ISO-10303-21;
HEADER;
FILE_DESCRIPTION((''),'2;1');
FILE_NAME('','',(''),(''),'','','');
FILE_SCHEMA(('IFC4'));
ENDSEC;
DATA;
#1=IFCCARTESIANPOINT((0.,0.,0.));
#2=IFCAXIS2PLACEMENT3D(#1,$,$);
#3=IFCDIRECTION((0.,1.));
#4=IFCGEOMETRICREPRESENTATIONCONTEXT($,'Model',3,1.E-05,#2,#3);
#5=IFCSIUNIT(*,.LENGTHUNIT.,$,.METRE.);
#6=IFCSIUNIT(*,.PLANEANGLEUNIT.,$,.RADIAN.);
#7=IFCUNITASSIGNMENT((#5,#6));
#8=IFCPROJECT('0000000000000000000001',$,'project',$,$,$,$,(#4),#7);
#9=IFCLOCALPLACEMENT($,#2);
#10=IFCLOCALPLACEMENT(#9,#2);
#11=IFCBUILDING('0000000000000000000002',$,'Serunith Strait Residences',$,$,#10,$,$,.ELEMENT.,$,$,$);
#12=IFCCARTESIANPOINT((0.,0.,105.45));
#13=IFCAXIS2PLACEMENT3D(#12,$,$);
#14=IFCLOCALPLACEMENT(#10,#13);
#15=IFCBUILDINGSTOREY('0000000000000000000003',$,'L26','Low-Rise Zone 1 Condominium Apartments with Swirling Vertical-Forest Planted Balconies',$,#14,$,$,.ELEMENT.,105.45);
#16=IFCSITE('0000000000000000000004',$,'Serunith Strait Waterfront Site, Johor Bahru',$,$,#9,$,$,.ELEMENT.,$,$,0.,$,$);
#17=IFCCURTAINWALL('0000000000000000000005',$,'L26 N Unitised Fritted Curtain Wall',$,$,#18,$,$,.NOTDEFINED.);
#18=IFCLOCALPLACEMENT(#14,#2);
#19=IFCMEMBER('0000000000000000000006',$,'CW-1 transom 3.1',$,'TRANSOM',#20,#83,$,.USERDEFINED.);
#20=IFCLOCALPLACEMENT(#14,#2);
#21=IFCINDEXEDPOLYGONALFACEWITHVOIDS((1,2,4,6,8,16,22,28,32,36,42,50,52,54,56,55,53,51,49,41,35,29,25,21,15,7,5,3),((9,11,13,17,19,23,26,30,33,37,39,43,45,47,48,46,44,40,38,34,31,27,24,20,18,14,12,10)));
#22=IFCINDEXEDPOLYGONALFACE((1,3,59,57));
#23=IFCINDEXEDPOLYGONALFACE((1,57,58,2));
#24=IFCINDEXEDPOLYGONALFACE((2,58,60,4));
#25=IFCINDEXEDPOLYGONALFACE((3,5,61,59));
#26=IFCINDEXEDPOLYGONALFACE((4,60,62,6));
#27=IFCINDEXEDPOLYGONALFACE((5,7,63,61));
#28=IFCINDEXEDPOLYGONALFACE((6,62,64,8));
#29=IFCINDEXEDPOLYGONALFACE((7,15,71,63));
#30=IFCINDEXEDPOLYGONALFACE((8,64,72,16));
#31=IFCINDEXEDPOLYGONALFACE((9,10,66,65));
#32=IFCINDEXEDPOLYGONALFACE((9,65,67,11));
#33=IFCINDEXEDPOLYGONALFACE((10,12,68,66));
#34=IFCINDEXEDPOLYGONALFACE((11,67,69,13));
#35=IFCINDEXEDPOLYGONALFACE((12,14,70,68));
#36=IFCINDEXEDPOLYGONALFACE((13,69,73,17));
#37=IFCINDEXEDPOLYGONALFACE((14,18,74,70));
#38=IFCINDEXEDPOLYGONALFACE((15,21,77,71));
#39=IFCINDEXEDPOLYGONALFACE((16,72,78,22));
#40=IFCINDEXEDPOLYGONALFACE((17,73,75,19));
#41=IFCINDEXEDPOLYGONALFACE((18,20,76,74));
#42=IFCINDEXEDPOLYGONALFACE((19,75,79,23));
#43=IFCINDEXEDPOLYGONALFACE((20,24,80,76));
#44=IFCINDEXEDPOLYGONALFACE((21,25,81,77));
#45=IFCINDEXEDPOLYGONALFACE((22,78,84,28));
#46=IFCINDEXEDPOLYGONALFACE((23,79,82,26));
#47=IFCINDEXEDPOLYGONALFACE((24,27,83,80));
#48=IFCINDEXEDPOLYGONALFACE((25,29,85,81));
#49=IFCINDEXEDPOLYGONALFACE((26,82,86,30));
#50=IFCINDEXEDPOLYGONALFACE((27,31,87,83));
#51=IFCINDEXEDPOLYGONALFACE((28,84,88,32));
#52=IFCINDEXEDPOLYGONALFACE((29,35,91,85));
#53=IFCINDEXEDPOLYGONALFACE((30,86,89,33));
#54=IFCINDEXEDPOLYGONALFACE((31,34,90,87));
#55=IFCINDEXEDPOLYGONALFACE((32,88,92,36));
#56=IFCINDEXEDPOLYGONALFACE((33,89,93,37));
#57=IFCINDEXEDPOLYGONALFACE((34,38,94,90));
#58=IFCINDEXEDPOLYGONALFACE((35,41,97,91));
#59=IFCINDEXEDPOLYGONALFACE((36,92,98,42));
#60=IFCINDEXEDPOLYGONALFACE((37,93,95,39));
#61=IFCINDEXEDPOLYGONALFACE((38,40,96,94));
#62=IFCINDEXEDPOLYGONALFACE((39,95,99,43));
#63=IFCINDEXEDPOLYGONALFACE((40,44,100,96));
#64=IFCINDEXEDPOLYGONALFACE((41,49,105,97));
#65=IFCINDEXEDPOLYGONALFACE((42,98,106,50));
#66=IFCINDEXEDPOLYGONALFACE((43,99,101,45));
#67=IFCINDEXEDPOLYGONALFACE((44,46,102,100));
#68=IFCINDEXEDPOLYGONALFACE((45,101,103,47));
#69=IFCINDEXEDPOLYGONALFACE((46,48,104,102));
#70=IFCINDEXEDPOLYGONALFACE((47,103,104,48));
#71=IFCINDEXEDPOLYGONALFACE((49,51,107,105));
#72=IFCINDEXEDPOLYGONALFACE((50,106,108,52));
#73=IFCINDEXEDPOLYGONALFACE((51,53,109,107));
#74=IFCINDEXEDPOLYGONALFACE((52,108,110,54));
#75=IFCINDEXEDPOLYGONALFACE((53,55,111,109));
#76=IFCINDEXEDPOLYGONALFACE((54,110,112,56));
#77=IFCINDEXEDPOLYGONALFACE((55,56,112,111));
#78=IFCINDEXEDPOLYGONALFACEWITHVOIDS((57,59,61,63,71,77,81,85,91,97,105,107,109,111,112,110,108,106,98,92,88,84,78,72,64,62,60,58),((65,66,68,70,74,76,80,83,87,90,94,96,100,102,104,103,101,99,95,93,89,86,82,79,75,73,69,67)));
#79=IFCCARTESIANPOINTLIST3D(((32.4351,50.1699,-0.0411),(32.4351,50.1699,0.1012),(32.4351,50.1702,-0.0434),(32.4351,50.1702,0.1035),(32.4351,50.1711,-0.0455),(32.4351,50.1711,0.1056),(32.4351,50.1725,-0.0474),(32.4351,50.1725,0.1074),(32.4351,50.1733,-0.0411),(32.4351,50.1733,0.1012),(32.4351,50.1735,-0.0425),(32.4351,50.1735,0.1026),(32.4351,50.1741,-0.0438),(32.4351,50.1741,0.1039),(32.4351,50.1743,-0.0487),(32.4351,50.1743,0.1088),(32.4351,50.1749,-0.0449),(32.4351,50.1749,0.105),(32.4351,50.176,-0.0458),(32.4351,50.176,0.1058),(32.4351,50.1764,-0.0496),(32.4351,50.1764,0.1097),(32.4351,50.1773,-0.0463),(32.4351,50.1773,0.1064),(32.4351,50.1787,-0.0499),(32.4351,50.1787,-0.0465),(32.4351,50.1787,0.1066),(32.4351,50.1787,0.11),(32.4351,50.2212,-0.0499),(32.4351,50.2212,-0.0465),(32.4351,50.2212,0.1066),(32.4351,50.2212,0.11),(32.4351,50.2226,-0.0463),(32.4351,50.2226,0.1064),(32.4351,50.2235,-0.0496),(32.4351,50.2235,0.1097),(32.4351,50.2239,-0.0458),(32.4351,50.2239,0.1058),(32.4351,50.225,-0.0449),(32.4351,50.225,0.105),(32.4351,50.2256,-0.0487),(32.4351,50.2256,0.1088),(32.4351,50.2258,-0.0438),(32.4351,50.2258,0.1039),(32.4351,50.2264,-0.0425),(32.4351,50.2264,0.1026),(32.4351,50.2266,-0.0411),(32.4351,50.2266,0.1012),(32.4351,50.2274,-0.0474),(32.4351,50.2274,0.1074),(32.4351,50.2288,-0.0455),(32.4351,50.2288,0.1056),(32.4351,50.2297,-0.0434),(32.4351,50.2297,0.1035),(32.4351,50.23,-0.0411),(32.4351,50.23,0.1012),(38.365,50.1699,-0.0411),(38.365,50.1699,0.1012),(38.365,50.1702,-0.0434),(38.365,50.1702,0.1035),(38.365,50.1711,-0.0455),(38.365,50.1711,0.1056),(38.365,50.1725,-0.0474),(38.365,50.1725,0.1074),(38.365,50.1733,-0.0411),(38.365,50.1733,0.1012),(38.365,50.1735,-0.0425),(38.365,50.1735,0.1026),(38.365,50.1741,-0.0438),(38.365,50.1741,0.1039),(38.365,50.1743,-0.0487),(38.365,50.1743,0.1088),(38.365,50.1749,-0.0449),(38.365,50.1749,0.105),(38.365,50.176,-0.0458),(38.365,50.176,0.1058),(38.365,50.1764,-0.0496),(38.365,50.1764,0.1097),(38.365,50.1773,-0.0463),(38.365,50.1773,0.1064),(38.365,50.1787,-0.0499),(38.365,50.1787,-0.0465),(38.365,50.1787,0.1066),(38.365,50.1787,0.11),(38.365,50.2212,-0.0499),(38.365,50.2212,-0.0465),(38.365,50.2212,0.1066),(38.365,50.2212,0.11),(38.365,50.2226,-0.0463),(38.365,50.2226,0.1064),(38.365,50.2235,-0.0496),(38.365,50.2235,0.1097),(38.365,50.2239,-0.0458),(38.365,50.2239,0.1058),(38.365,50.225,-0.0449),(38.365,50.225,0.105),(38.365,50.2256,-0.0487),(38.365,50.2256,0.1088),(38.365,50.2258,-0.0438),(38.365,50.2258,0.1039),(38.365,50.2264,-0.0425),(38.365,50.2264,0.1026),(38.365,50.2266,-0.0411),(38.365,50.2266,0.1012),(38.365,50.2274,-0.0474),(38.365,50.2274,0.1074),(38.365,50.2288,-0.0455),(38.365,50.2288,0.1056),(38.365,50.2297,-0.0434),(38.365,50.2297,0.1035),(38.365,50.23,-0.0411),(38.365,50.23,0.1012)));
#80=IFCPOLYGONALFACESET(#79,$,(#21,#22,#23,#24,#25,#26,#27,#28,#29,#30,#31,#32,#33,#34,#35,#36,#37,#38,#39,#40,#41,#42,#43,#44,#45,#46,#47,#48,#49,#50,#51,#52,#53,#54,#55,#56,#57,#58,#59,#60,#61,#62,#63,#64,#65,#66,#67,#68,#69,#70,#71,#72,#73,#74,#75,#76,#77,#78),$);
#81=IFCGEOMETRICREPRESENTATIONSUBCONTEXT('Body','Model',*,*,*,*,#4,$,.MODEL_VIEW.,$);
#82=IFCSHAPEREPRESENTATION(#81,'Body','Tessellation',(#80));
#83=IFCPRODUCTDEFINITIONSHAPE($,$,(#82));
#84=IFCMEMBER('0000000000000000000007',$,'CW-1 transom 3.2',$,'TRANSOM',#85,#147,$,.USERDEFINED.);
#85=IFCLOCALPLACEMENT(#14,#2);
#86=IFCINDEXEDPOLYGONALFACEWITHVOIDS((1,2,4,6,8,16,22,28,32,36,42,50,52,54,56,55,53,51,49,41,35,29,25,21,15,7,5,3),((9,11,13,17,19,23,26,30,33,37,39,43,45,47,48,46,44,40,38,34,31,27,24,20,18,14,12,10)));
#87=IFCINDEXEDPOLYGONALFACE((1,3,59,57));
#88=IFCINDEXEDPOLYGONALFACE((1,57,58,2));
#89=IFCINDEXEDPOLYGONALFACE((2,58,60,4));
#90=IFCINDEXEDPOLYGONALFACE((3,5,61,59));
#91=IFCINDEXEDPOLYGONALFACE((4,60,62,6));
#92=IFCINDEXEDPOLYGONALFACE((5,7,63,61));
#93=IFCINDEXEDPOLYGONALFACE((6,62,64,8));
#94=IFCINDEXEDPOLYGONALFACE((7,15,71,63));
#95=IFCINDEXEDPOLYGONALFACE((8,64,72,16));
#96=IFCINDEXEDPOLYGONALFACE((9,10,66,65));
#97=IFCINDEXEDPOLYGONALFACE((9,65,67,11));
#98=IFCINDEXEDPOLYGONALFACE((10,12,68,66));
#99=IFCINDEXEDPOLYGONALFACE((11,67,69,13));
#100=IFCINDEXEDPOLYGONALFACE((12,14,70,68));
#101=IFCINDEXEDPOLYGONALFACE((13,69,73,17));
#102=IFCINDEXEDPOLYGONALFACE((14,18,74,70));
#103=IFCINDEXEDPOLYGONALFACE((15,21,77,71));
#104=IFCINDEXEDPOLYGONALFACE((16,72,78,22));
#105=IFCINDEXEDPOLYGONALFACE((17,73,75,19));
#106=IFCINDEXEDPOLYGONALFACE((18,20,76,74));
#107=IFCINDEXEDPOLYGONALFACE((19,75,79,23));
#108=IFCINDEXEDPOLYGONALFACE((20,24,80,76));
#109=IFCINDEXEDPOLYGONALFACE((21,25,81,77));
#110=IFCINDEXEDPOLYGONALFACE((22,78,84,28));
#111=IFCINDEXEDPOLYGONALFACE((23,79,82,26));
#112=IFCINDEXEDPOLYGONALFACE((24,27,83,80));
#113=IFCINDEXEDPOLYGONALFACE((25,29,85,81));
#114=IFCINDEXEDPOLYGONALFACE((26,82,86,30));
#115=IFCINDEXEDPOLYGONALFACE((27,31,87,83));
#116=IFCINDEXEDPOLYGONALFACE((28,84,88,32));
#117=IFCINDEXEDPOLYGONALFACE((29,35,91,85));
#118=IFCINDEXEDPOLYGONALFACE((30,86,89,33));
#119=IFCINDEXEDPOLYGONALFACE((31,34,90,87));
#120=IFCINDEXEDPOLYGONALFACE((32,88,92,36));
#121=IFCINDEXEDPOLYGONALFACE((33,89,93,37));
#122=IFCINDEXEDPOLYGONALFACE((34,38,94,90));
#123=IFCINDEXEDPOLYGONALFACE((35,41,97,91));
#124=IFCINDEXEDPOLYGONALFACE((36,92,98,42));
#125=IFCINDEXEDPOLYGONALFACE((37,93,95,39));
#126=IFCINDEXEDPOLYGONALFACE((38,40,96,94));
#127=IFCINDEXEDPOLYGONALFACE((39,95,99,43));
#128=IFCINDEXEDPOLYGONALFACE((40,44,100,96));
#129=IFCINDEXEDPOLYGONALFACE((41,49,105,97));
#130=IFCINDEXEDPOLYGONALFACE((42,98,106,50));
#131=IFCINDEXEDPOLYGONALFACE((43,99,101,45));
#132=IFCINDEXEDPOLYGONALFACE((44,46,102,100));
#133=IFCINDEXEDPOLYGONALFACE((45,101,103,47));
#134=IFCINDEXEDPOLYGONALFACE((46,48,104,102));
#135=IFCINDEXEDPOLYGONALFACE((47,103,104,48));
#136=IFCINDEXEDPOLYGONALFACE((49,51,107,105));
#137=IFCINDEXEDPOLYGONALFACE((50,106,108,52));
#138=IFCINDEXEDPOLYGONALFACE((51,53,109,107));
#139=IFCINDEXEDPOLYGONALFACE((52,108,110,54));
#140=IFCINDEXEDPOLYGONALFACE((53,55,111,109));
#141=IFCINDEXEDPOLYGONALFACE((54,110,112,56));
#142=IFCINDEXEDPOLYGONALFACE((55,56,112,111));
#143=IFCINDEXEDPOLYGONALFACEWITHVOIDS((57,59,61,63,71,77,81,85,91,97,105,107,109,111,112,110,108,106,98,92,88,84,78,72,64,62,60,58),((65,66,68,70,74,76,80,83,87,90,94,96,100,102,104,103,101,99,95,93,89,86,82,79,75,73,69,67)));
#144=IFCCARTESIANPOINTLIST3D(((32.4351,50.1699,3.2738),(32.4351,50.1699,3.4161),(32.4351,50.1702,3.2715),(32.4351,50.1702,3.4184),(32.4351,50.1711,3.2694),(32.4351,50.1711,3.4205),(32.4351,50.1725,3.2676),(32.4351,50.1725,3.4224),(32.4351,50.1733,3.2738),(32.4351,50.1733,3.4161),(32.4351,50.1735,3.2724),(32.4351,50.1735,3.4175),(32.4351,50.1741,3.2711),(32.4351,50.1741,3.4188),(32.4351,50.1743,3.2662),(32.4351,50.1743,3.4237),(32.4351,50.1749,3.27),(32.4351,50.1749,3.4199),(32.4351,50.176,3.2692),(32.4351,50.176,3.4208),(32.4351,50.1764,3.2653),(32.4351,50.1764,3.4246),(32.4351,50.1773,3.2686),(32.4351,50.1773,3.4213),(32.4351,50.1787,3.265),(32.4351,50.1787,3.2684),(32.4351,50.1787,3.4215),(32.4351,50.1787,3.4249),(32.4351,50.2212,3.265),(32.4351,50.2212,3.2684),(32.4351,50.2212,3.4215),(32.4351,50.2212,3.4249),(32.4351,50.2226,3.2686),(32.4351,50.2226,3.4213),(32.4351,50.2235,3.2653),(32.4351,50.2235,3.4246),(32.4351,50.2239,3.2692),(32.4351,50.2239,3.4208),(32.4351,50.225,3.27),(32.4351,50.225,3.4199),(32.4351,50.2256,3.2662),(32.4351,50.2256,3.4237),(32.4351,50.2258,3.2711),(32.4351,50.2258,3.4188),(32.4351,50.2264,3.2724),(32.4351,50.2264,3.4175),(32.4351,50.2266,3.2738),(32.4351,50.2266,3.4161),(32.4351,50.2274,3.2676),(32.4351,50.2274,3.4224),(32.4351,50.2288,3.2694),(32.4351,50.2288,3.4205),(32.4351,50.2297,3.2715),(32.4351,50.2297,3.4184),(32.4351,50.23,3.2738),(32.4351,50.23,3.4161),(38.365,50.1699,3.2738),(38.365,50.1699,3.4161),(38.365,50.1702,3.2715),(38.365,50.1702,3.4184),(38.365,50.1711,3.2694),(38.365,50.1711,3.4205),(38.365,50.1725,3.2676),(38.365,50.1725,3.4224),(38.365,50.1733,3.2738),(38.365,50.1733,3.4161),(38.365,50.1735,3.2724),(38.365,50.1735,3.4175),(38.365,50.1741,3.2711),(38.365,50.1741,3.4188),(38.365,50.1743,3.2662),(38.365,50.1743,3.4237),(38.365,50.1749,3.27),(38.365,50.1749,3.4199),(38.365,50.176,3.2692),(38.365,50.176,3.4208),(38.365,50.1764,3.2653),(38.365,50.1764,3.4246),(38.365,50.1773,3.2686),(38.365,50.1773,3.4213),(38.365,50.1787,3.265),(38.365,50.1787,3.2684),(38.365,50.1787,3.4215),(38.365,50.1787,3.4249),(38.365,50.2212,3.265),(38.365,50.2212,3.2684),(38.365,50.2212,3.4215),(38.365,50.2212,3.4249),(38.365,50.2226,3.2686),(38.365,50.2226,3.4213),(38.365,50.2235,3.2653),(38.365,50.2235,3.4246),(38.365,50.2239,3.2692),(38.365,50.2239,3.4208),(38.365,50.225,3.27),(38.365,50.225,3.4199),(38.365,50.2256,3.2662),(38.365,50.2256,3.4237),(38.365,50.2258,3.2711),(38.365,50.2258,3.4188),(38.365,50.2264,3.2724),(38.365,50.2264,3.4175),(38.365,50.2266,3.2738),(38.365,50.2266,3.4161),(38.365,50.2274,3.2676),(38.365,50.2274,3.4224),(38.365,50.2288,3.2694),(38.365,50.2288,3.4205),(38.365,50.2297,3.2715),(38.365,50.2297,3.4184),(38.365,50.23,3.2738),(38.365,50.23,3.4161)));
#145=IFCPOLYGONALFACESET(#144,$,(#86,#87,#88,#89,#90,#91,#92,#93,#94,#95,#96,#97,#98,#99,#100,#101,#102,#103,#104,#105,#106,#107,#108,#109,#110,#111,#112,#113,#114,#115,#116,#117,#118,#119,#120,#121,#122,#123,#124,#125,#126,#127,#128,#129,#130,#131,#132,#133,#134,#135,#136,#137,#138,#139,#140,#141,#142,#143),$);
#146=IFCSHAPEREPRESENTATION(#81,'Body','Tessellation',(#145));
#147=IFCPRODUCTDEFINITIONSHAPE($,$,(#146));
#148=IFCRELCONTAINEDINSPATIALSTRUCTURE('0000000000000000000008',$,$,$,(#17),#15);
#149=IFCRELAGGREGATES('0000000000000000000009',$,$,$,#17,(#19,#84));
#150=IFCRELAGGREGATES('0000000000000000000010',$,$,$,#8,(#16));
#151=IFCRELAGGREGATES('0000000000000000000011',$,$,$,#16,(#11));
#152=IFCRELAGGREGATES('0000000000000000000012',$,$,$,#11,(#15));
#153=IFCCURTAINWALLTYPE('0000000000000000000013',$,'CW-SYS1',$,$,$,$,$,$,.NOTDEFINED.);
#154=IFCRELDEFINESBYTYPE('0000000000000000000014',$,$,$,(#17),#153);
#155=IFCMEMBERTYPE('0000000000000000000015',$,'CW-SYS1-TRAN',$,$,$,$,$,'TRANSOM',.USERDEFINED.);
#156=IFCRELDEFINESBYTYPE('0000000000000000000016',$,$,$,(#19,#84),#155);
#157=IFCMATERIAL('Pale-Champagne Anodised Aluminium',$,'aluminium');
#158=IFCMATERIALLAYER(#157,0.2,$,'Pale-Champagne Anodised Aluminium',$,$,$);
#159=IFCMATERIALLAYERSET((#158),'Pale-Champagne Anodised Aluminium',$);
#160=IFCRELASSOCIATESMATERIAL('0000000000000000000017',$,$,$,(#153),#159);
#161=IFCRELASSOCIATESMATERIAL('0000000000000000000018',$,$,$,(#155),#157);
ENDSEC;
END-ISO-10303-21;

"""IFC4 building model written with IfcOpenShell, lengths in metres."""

from ifc_helpers import new_model, si_unit, direction, frame, origin, origin_2d, place, context, subcontext, project, spatial, hollow_rectangle, extrude, source, transform, mapped, material, layer, layer_set, material_profile, profile_set, type_object, element, aggregate, save


model = new_model("IFC4")

# Units and contexts
model_context = context("Model", 3, precision=1e-05, world=origin(), true_north=direction((0.0, 1.0)))
body_context = subcontext(model_context, "Body", "Model", "MODEL_VIEW")
ifc_project = project(units=[si_unit("LENGTHUNIT", "METRE"), si_unit("PLANEANGLEUNIT", "RADIAN")], contexts=[model_context])

# Site, building, storey
site_placement = place(None, origin())
site = spatial("IfcSite", under=ifc_project, at=site_placement, Name="Serunith Strait Waterfront Site, Johor Bahru", CompositionType="ELEMENT", RefElevation=0.0)
building_placement = place(site_placement, origin())
building = spatial("IfcBuilding", under=site, at=building_placement, Name="Serunith Strait Residences", CompositionType="ELEMENT")
storey_placement = place(building_placement, frame((0.0, 0.0, 105.45)))
storey = spatial("IfcBuildingStorey", under=building, at=storey_placement, Name="L26", Description="Low-Rise Zone 1 Condominium Apartments with Swirling Vertical-Forest Planted Balconies", CompositionType="ELEMENT", Elevation=105.45)

# Curtain wall, members
ifc_material_1 = material(Name="Pale-Champagne Anodised Aluminium", Category="aluminium")
ifc_layer_1 = layer(ifc_material_1, 0.2, Name="Pale-Champagne Anodised Aluminium")
ifc_layer_set_1 = layer_set([ifc_layer_1], Name="Pale-Champagne Anodised Aluminium")
curtain_wall_type = type_object("IfcCurtainWallType", Name="CW-SYS1", PredefinedType="NOTDEFINED", material=ifc_layer_set_1)
curtain_wall_placement = place(storey_placement, origin())
curtain_wall = element("IfcCurtainWall", 1, at=curtain_wall_placement, inside=storey, type_object=curtain_wall_type, Name="L26 N Unitised Fritted Curtain Wall", PredefinedType="NOTDEFINED")
ifc_material_profile_1 = material_profile(ifc_material_1, hollow_rectangle(XDim=0.0601, YDim=0.1599, WallThickness=0.0034, InnerFilletRadius=0.0054, OuterFilletRadius=0.0088, at=origin_2d()), Name="ALU 160x60x3.5")
ifc_profile_set_1 = profile_set([ifc_material_profile_1], Name="Pale-Champagne Anodised Aluminium")
member_type_1 = type_object("IfcMemberType", Name="CW-SYS1-TRAN", ElementType="TRANSOM", PredefinedType="USERDEFINED", material=ifc_profile_set_1)
shared_shape_1 = source(origin(), body_context, "Body", "SweptSolid", [
    extrude(hollow_rectangle(XDim=0.0601, YDim=0.1599, WallThickness=0.0034, InnerFilletRadius=0.0054, OuterFilletRadius=0.0088, at=origin_2d()), origin(), (0.0, 0.0, 1.0), 5.9299),
])
member_1_placement = place(storey_placement, frame((38.365, 50.2, 0.03), z_axis=(-1.0, 0.0, 0.0), x_axis=(0.0, -1.0, 0.0)))
member_1 = element("IfcMember", 2, at=member_1_placement, type_object=member_type_1, Name="CW-1 transom 3.1", ObjectType="TRANSOM", PredefinedType="USERDEFINED", context=body_context, shape_type="MappedRepresentation", body=[
    mapped(shared_shape_1, transform((0.0, 0.0, 0.0), scale=1.0)),
])
member_2_placement = place(storey_placement, frame((38.365, 50.2, 3.345), z_axis=(-1.0, 0.0, 0.0), x_axis=(0.0, -1.0, 0.0)))
member_2 = element("IfcMember", 3, at=member_2_placement, type_object=member_type_1, Name="CW-1 transom 3.2", ObjectType="TRANSOM", PredefinedType="USERDEFINED", context=body_context, shape_type="MappedRepresentation", body=[
    mapped(shared_shape_1, transform((0.0, 0.0, 0.0), scale=1.0)),
])
aggregate(curtain_wall, [member_1, member_2])

save(model, "model.ifc")
